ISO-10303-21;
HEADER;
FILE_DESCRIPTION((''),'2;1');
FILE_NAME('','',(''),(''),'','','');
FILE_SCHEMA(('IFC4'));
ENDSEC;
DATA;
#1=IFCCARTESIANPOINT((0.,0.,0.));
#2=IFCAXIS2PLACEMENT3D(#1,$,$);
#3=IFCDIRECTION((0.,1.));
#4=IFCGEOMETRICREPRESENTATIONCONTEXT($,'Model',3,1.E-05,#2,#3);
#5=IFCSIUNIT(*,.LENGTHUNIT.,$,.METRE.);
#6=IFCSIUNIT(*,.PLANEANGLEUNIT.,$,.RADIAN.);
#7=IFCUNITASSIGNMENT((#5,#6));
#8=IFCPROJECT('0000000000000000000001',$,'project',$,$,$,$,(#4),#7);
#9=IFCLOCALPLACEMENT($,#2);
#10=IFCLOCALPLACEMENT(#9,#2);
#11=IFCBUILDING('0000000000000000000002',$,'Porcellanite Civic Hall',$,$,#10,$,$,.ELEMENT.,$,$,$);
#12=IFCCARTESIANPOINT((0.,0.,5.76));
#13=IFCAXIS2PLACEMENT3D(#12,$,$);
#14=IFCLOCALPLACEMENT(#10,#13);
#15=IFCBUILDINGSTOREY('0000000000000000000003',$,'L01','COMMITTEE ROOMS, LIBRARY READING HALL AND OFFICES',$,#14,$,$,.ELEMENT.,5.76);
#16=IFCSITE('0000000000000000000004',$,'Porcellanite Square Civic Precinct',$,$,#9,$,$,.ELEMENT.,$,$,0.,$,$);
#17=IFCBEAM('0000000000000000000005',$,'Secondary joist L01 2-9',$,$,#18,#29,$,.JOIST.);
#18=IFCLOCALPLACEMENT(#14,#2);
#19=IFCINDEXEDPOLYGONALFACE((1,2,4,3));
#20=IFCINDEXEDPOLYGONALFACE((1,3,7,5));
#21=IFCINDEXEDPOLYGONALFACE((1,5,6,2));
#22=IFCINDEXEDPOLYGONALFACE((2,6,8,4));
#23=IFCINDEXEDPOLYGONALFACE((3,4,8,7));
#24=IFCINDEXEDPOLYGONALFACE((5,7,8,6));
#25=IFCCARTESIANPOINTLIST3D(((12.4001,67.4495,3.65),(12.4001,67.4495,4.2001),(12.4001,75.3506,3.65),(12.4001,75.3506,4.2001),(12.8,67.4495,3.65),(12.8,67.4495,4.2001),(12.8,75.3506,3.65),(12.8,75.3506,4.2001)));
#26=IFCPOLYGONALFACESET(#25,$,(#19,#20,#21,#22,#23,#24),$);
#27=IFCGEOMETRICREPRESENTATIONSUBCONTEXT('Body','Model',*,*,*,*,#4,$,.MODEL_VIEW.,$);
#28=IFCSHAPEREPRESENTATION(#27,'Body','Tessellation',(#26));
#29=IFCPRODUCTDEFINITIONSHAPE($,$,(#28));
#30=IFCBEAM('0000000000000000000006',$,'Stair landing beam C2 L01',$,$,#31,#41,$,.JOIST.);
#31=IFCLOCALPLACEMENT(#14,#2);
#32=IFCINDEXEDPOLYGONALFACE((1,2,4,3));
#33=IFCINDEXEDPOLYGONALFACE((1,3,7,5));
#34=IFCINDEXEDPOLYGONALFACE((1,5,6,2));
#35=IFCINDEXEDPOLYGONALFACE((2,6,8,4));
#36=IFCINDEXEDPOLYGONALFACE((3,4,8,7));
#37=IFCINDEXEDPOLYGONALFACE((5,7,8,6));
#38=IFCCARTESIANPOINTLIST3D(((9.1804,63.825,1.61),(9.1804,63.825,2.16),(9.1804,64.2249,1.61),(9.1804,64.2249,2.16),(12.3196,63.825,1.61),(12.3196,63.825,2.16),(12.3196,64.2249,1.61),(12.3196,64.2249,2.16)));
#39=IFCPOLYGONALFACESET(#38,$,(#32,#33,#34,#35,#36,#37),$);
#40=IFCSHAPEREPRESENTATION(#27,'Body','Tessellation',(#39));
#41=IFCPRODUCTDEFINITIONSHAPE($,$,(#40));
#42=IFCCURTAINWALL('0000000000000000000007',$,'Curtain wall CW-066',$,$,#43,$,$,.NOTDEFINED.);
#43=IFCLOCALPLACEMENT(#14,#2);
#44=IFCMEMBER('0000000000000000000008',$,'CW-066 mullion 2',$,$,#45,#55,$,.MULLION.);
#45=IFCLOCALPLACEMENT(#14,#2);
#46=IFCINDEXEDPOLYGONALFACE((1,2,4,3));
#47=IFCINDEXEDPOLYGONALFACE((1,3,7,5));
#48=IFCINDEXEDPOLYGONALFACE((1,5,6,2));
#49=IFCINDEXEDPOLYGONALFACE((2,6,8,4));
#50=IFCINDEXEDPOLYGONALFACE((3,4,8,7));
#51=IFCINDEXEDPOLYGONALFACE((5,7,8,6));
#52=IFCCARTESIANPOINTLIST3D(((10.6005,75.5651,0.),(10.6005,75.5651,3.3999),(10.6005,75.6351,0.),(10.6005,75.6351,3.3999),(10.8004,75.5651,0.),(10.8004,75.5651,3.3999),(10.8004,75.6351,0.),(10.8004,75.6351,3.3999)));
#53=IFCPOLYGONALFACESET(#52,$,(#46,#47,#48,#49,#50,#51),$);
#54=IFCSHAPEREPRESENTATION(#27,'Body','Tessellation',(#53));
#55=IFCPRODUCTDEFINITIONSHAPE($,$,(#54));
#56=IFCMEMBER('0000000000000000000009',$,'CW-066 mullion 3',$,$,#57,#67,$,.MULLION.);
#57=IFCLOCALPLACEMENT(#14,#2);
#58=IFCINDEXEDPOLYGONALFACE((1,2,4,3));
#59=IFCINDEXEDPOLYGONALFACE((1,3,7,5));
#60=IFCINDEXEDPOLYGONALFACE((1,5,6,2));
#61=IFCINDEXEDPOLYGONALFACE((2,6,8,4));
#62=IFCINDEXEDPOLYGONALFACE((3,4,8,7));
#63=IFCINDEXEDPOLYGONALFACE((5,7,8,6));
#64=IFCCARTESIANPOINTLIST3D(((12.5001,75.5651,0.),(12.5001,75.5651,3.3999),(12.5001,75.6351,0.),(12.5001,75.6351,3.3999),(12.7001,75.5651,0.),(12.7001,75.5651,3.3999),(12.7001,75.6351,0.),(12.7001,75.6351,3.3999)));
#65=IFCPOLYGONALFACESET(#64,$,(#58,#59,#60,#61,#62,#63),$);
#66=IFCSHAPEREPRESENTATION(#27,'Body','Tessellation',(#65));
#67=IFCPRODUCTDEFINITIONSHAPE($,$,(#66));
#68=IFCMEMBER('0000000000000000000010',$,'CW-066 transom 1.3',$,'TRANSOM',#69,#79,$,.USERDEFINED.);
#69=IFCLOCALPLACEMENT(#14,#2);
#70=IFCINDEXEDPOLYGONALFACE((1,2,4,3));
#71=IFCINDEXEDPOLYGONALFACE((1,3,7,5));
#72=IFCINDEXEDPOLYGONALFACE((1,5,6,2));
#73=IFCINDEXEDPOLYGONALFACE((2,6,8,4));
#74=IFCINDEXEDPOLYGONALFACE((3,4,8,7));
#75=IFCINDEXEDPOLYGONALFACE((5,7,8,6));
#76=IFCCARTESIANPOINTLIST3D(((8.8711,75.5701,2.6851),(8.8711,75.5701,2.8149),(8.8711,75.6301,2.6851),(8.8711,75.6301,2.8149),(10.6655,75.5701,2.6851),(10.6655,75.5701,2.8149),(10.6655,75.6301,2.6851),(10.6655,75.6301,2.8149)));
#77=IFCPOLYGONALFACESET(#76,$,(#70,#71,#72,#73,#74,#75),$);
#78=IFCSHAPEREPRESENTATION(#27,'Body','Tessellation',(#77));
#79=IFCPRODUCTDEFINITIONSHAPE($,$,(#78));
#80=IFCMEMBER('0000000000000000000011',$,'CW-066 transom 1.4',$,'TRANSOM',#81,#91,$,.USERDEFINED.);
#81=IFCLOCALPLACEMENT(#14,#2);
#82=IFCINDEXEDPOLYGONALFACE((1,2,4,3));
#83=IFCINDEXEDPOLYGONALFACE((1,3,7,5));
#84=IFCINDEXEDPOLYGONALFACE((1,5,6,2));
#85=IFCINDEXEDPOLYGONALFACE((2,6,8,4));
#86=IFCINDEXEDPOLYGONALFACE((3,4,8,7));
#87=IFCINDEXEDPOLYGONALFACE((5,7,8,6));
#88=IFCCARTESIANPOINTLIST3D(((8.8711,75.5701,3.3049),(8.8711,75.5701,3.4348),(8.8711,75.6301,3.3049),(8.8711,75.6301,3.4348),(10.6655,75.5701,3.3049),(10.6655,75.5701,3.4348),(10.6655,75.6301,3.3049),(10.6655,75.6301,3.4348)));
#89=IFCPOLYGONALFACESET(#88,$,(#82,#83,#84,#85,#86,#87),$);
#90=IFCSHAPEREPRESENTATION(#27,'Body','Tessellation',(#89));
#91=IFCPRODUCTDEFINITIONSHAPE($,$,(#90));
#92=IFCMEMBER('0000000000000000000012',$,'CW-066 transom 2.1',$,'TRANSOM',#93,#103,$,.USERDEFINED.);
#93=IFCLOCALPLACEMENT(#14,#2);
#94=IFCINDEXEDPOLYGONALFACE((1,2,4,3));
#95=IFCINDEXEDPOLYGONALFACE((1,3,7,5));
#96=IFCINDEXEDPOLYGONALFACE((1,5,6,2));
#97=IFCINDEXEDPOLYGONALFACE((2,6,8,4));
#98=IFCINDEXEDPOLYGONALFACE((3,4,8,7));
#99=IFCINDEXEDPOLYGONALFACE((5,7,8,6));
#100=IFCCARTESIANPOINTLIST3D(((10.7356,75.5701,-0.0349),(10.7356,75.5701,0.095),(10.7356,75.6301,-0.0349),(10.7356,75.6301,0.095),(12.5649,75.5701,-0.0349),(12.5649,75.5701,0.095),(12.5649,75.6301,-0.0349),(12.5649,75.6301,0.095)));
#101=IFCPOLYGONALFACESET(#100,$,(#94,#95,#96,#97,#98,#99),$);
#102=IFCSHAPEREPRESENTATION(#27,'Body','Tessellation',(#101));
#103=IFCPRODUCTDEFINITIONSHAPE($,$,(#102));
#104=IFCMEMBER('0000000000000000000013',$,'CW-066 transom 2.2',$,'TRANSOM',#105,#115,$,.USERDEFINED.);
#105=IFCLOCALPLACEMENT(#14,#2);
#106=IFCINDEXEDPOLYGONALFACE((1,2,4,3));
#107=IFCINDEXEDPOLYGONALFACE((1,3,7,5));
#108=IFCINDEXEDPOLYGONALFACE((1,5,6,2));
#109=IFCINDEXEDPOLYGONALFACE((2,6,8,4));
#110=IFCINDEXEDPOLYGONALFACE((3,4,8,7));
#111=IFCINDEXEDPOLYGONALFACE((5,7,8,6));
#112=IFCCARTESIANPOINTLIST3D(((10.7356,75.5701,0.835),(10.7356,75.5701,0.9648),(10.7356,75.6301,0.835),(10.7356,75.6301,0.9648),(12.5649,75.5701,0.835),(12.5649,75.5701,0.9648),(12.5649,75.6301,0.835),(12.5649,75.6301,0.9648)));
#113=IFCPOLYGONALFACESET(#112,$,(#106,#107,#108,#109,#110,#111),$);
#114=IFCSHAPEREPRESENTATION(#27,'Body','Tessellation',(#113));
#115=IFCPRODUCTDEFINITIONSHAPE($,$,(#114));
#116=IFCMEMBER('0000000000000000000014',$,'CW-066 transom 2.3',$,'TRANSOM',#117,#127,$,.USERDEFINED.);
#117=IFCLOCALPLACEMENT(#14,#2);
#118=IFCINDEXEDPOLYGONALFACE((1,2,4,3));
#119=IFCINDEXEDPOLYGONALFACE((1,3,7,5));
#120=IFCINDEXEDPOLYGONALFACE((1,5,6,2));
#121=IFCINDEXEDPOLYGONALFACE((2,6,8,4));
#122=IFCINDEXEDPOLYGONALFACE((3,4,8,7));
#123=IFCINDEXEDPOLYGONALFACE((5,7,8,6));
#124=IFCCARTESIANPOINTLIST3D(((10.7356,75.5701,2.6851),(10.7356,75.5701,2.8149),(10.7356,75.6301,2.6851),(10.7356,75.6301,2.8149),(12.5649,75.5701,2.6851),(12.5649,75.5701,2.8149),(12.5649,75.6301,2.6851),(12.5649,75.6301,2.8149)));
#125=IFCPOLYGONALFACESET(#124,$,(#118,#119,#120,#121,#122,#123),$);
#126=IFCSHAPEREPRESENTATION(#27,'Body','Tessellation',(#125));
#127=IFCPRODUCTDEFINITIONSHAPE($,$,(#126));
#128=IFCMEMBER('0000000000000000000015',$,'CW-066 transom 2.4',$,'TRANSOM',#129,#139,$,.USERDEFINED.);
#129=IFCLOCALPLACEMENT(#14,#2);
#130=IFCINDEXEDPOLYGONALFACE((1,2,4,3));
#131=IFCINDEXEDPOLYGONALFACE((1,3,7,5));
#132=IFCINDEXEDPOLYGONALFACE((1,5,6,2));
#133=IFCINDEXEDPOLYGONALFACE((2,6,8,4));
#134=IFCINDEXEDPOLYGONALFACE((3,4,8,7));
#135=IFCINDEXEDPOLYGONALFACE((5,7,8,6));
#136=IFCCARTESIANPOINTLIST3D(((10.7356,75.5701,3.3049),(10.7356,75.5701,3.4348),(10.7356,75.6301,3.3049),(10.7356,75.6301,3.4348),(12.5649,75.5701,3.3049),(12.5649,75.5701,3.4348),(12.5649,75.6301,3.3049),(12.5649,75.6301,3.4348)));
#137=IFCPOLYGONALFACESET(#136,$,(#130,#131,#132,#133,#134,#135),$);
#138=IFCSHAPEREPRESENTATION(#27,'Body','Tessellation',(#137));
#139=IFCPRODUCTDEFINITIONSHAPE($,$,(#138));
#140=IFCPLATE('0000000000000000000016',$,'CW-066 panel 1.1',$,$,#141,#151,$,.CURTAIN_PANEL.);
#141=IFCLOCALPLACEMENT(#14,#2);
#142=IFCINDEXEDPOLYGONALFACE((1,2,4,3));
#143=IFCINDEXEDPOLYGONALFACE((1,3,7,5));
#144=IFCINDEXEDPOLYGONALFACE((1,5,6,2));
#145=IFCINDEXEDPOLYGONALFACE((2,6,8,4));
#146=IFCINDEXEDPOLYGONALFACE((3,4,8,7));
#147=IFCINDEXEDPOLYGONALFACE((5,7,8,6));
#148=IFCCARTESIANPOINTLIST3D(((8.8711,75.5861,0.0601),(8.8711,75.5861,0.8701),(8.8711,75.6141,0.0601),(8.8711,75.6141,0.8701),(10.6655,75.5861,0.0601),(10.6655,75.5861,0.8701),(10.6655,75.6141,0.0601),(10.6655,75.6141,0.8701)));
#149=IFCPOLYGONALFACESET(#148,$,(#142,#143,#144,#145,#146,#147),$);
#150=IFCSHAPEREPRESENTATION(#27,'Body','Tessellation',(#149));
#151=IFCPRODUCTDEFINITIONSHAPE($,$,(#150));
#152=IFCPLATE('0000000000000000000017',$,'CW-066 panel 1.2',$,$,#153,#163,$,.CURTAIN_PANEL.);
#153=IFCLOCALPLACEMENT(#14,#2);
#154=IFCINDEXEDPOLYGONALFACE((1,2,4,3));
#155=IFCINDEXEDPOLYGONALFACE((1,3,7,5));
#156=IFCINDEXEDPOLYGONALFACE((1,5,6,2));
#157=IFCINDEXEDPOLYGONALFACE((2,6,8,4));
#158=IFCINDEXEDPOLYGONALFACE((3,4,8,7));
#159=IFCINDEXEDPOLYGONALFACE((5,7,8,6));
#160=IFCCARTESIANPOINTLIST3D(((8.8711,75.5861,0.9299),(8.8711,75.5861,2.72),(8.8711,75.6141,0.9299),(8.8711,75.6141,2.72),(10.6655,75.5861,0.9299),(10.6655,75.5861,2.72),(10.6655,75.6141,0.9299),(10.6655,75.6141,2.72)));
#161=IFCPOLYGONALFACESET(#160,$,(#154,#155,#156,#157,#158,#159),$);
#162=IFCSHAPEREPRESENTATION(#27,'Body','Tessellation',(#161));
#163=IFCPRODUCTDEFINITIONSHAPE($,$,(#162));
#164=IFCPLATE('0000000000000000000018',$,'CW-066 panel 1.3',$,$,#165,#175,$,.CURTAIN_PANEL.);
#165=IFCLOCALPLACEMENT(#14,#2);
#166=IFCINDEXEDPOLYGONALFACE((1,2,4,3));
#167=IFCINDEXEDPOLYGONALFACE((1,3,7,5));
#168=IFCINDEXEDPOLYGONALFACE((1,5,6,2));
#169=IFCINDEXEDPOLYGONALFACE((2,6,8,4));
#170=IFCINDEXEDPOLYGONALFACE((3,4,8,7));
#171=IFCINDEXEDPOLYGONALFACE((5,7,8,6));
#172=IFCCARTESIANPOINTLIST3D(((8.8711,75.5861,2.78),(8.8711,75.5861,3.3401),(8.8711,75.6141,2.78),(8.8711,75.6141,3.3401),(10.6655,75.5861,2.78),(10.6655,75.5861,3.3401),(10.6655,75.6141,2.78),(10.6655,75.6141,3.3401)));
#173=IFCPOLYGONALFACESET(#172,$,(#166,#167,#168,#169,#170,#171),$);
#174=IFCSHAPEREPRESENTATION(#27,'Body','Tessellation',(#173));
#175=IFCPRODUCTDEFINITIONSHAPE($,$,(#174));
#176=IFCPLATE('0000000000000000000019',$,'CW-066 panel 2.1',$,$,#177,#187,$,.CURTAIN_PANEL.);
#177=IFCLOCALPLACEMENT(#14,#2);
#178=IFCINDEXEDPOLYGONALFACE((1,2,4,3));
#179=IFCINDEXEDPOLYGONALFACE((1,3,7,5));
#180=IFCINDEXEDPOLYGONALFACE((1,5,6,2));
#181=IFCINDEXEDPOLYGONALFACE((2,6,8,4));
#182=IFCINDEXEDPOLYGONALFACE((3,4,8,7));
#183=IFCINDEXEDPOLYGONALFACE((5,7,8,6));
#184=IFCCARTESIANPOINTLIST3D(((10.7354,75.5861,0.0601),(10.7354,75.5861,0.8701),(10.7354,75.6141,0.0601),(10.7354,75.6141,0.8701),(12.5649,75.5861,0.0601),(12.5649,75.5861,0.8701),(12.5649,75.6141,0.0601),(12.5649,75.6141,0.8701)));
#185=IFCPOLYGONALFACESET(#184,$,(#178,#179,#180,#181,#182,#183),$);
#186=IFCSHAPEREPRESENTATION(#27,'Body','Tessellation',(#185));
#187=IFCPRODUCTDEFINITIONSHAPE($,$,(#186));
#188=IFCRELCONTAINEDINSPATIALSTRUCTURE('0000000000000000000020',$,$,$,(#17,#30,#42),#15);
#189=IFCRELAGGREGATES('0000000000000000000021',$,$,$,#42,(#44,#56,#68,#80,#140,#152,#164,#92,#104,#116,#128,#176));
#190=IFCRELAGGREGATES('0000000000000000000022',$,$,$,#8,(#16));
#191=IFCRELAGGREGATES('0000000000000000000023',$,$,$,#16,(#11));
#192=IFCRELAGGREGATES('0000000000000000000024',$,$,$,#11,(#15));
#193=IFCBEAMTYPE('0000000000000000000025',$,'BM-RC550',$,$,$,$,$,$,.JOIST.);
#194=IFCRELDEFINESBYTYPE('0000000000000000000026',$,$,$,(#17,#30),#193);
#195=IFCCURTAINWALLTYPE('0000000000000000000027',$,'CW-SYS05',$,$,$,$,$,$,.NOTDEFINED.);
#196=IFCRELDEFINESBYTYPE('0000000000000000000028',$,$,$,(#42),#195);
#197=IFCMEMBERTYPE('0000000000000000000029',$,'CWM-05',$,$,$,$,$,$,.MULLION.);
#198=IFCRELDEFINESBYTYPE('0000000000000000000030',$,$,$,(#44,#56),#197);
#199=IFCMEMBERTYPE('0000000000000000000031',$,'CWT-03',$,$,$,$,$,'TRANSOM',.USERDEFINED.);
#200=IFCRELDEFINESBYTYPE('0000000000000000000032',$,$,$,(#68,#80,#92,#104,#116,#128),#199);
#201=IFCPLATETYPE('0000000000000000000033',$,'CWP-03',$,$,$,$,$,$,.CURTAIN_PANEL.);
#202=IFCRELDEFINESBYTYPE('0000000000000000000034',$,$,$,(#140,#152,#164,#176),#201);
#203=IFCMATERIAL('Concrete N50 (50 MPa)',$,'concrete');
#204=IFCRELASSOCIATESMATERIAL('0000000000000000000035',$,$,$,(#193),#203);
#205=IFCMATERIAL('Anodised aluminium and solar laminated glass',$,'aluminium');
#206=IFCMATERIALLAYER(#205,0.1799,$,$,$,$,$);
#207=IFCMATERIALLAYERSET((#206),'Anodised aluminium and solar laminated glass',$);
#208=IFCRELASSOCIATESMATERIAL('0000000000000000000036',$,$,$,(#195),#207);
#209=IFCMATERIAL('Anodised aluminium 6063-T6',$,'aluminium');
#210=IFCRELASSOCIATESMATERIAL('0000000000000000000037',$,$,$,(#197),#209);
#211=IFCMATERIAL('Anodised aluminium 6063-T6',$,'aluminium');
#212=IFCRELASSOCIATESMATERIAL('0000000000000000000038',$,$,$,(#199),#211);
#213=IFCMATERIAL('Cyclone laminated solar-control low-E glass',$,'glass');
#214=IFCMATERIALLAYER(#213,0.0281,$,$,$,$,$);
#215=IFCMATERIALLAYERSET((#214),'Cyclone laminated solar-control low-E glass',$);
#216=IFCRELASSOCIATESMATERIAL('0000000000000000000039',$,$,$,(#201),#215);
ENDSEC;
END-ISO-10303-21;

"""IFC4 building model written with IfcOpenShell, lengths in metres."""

from ifc_helpers import new_model, si_unit, direction, frame, origin, origin_2d, place, context, subcontext, project, spatial, rectangle, extrude, material, layer, layer_set, material_profile, profile_set, type_object, element, aggregate, save


model = new_model("IFC4")

# Units and contexts
model_context = context("Model", 3, precision=1e-05, world=origin(), true_north=direction((0.0, 1.0)))
body_context = subcontext(model_context, "Body", "Model", "MODEL_VIEW")
ifc_project = project(units=[si_unit("LENGTHUNIT", "METRE"), si_unit("PLANEANGLEUNIT", "RADIAN")], contexts=[model_context])

# Site, building, storey
site_placement = place(None, origin())
site = spatial("IfcSite", under=ifc_project, at=site_placement, Name="Porcellanite Square Civic Precinct", CompositionType="ELEMENT", RefElevation=0.0)
building_placement = place(site_placement, origin())
building = spatial("IfcBuilding", under=site, at=building_placement, Name="Porcellanite Civic Hall", CompositionType="ELEMENT")
storey_placement = place(building_placement, frame((0.0, 0.0, 5.76)))
storey = spatial("IfcBuildingStorey", under=building, at=storey_placement, Name="L01", Description="COMMITTEE ROOMS, LIBRARY READING HALL AND OFFICES", CompositionType="ELEMENT", Elevation=5.76)

# Beams
ifc_material_1 = material(Name="Concrete N50 (50 MPa)", Category="concrete")
ifc_material_profile_1 = material_profile(ifc_material_1, rectangle(XDim=0.3999, YDim=0.55, at=origin_2d()), Name="RC-400x550")
ifc_profile_set_1 = profile_set([ifc_material_profile_1], Name="Concrete N50 (50 MPa)")
beam_type = type_object("IfcBeamType", Name="BM-RC550", PredefinedType="JOIST", material=ifc_profile_set_1)
beam_1_placement = place(storey_placement, frame((12.6001, 67.4495, 3.925), z_axis=(0.0, 1.0, 0.0), x_axis=(-1.0, 0.0, 0.0)))
element("IfcBeam", 1, at=beam_1_placement, inside=storey, type_object=beam_type, Name="Secondary joist L01 2-9", PredefinedType="JOIST", context=body_context, shape_type="SweptSolid", body=[
    extrude(rectangle(XDim=0.3999, YDim=0.55, at=origin_2d()), origin(), (0.0, 0.0, 1.0), 7.9011),
])
beam_2_placement = place(storey_placement, frame((9.1804, 64.0249, 1.885), z_axis=(1.0, 0.0, 0.0), x_axis=(0.0, 1.0, 0.0)))
element("IfcBeam", 2, at=beam_2_placement, inside=storey, type_object=beam_type, Name="Stair landing beam C2 L01", PredefinedType="JOIST", context=body_context, shape_type="SweptSolid", body=[
    extrude(rectangle(XDim=0.3999, YDim=0.55, at=origin_2d()), origin(), (0.0, 0.0, 1.0), 3.1392),
])

# Curtain wall, members, plates
ifc_material_2 = material(Name="Anodised aluminium and solar laminated glass", Category="aluminium")
ifc_layer_1 = layer(ifc_material_2, 0.1799)
ifc_layer_set_1 = layer_set([ifc_layer_1], Name="Anodised aluminium and solar laminated glass")
curtain_wall_type = type_object("IfcCurtainWallType", Name="CW-SYS05", PredefinedType="NOTDEFINED", material=ifc_layer_set_1)
curtain_wall_placement = place(storey_placement, origin())
curtain_wall = element("IfcCurtainWall", 3, at=curtain_wall_placement, inside=storey, type_object=curtain_wall_type, Name="Curtain wall CW-066", PredefinedType="NOTDEFINED")
ifc_material_3 = material(Name="Anodised aluminium 6063-T6", Category="aluminium")
ifc_material_profile_2 = material_profile(ifc_material_3, rectangle(XDim=0.0701, YDim=0.2, at=origin_2d()), Name="AL-70x200")
ifc_profile_set_2 = profile_set([ifc_material_profile_2], Name="Anodised aluminium 6063-T6")
member_type_1 = type_object("IfcMemberType", Name="CWM-05", PredefinedType="MULLION", material=ifc_profile_set_2)
member_1_placement = place(storey_placement, frame((10.7004, 75.6001, 0.0), z_axis=(0.0, 0.0, 1.0), x_axis=(0.0, 1.0, 0.0)))
member_1 = element("IfcMember", 4, at=member_1_placement, type_object=member_type_1, Name="CW-066 mullion 2", PredefinedType="MULLION", context=body_context, shape_type="SweptSolid", body=[
    extrude(rectangle(XDim=0.0701, YDim=0.2, at=origin_2d()), origin(), (0.0, 0.0, 1.0), 3.3999),
])
member_2_placement = place(storey_placement, frame((12.6001, 75.6001, 0.0), z_axis=(0.0, 0.0, 1.0), x_axis=(0.0, 1.0, 0.0)))
member_2 = element("IfcMember", 5, at=member_2_placement, type_object=member_type_1, Name="CW-066 mullion 3", PredefinedType="MULLION", context=body_context, shape_type="SweptSolid", body=[
    extrude(rectangle(XDim=0.0701, YDim=0.2, at=origin_2d()), origin(), (0.0, 0.0, 1.0), 3.3999),
])
ifc_material_4 = material(Name="Anodised aluminium 6063-T6", Category="aluminium")
ifc_material_profile_3 = material_profile(ifc_material_4, rectangle(XDim=0.0601, YDim=0.1299, at=origin_2d()), Name="AL-60x130")
ifc_profile_set_3 = profile_set([ifc_material_profile_3], Name="Anodised aluminium 6063-T6")
member_type_2 = type_object("IfcMemberType", Name="CWT-03", ElementType="TRANSOM", PredefinedType="USERDEFINED", material=ifc_profile_set_3)
member_3_placement = place(storey_placement, frame((8.8711, 75.6001, 2.75), z_axis=(1.0, 0.0, 0.0), x_axis=(0.0, 1.0, 0.0)))
member_3 = element("IfcMember", 6, at=member_3_placement, type_object=member_type_2, Name="CW-066 transom 1.3", ObjectType="TRANSOM", PredefinedType="USERDEFINED", context=body_context, shape_type="SweptSolid", body=[
    extrude(rectangle(XDim=0.0601, YDim=0.1299, at=origin_2d()), origin(), (0.0, 0.0, 1.0), 1.7944),
])
member_4_placement = place(storey_placement, frame((8.8711, 75.6001, 3.3699), z_axis=(1.0, 0.0, 0.0), x_axis=(0.0, 1.0, 0.0)))
member_4 = element("IfcMember", 7, at=member_4_placement, type_object=member_type_2, Name="CW-066 transom 1.4", ObjectType="TRANSOM", PredefinedType="USERDEFINED", context=body_context, shape_type="SweptSolid", body=[
    extrude(rectangle(XDim=0.0601, YDim=0.1299, at=origin_2d()), origin(), (0.0, 0.0, 1.0), 1.7944),
])
member_5_placement = place(storey_placement, frame((10.7356, 75.6001, 0.03), z_axis=(1.0, 0.0, 0.0), x_axis=(0.0, 1.0, 0.0)))
member_5 = element("IfcMember", 8, at=member_5_placement, type_object=member_type_2, Name="CW-066 transom 2.1", ObjectType="TRANSOM", PredefinedType="USERDEFINED", context=body_context, shape_type="SweptSolid", body=[
    extrude(rectangle(XDim=0.0601, YDim=0.1299, at=origin_2d()), origin(), (0.0, 0.0, 1.0), 1.8293),
])
member_6_placement = place(storey_placement, frame((10.7356, 75.6001, 0.8999), z_axis=(1.0, 0.0, 0.0), x_axis=(0.0, 1.0, 0.0)))
member_6 = element("IfcMember", 9, at=member_6_placement, type_object=member_type_2, Name="CW-066 transom 2.2", ObjectType="TRANSOM", PredefinedType="USERDEFINED", context=body_context, shape_type="SweptSolid", body=[
    extrude(rectangle(XDim=0.0601, YDim=0.1299, at=origin_2d()), origin(), (0.0, 0.0, 1.0), 1.8293),
])
member_7_placement = place(storey_placement, frame((10.7356, 75.6001, 2.75), z_axis=(1.0, 0.0, 0.0), x_axis=(0.0, 1.0, 0.0)))
member_7 = element("IfcMember", 10, at=member_7_placement, type_object=member_type_2, Name="CW-066 transom 2.3", ObjectType="TRANSOM", PredefinedType="USERDEFINED", context=body_context, shape_type="SweptSolid", body=[
    extrude(rectangle(XDim=0.0601, YDim=0.1299, at=origin_2d()), origin(), (0.0, 0.0, 1.0), 1.8293),
])
member_8_placement = place(storey_placement, frame((10.7356, 75.6001, 3.3699), z_axis=(1.0, 0.0, 0.0), x_axis=(0.0, 1.0, 0.0)))
member_8 = element("IfcMember", 11, at=member_8_placement, type_object=member_type_2, Name="CW-066 transom 2.4", ObjectType="TRANSOM", PredefinedType="USERDEFINED", context=body_context, shape_type="SweptSolid", body=[
    extrude(rectangle(XDim=0.0601, YDim=0.1299, at=origin_2d()), origin(), (0.0, 0.0, 1.0), 1.8293),
])
ifc_material_5 = material(Name="Cyclone laminated solar-control low-E glass", Category="glass")
ifc_layer_2 = layer(ifc_material_5, 0.0281)
ifc_layer_set_2 = layer_set([ifc_layer_2], Name="Cyclone laminated solar-control low-E glass")
plate_type = type_object("IfcPlateType", Name="CWP-03", PredefinedType="CURTAIN_PANEL", material=ifc_layer_set_2)
plate_1_placement = place(storey_placement, frame((9.7683, 75.6001, 0.0601), z_axis=(0.0, 0.0, 1.0), x_axis=(1.0, 0.0, 0.0)))
plate_1 = element("IfcPlate", 12, at=plate_1_placement, type_object=plate_type, Name="CW-066 panel 1.1", PredefinedType="CURTAIN_PANEL", context=body_context, shape_type="SweptSolid", body=[
    extrude(rectangle(XDim=1.7944, YDim=0.0281, at=origin_2d()), origin(), (0.0, 0.0, 1.0), 0.8101),
])
plate_2_placement = place(storey_placement, frame((9.7683, 75.6001, 0.9299), z_axis=(0.0, 0.0, 1.0), x_axis=(1.0, 0.0, 0.0)))
plate_2 = element("IfcPlate", 13, at=plate_2_placement, type_object=plate_type, Name="CW-066 panel 1.2", PredefinedType="CURTAIN_PANEL", context=body_context, shape_type="SweptSolid", body=[
    extrude(rectangle(XDim=1.7944, YDim=0.0281, at=origin_2d()), origin(), (0.0, 0.0, 1.0), 1.79),
])
plate_3_placement = place(storey_placement, frame((9.7683, 75.6001, 2.78), z_axis=(0.0, 0.0, 1.0), x_axis=(1.0, 0.0, 0.0)))
plate_3 = element("IfcPlate", 14, at=plate_3_placement, type_object=plate_type, Name="CW-066 panel 1.3", PredefinedType="CURTAIN_PANEL", context=body_context, shape_type="SweptSolid", body=[
    extrude(rectangle(XDim=1.7944, YDim=0.0281, at=origin_2d()), origin(), (0.0, 0.0, 1.0), 0.5601),
])
plate_4_placement = place(storey_placement, frame((11.6501, 75.6001, 0.0601), z_axis=(0.0, 0.0, 1.0), x_axis=(1.0, 0.0, 0.0)))
plate_4 = element("IfcPlate", 15, at=plate_4_placement, type_object=plate_type, Name="CW-066 panel 2.1", PredefinedType="CURTAIN_PANEL", context=body_context, shape_type="SweptSolid", body=[
    extrude(rectangle(XDim=1.8296, YDim=0.0281, at=origin_2d()), origin(), (0.0, 0.0, 1.0), 0.8101),
])
aggregate(curtain_wall, [member_1, member_2, member_3, member_4, plate_1, plate_2, plate_3, member_5, member_6, member_7, member_8, plate_4])

save(model, "model.ifc")
